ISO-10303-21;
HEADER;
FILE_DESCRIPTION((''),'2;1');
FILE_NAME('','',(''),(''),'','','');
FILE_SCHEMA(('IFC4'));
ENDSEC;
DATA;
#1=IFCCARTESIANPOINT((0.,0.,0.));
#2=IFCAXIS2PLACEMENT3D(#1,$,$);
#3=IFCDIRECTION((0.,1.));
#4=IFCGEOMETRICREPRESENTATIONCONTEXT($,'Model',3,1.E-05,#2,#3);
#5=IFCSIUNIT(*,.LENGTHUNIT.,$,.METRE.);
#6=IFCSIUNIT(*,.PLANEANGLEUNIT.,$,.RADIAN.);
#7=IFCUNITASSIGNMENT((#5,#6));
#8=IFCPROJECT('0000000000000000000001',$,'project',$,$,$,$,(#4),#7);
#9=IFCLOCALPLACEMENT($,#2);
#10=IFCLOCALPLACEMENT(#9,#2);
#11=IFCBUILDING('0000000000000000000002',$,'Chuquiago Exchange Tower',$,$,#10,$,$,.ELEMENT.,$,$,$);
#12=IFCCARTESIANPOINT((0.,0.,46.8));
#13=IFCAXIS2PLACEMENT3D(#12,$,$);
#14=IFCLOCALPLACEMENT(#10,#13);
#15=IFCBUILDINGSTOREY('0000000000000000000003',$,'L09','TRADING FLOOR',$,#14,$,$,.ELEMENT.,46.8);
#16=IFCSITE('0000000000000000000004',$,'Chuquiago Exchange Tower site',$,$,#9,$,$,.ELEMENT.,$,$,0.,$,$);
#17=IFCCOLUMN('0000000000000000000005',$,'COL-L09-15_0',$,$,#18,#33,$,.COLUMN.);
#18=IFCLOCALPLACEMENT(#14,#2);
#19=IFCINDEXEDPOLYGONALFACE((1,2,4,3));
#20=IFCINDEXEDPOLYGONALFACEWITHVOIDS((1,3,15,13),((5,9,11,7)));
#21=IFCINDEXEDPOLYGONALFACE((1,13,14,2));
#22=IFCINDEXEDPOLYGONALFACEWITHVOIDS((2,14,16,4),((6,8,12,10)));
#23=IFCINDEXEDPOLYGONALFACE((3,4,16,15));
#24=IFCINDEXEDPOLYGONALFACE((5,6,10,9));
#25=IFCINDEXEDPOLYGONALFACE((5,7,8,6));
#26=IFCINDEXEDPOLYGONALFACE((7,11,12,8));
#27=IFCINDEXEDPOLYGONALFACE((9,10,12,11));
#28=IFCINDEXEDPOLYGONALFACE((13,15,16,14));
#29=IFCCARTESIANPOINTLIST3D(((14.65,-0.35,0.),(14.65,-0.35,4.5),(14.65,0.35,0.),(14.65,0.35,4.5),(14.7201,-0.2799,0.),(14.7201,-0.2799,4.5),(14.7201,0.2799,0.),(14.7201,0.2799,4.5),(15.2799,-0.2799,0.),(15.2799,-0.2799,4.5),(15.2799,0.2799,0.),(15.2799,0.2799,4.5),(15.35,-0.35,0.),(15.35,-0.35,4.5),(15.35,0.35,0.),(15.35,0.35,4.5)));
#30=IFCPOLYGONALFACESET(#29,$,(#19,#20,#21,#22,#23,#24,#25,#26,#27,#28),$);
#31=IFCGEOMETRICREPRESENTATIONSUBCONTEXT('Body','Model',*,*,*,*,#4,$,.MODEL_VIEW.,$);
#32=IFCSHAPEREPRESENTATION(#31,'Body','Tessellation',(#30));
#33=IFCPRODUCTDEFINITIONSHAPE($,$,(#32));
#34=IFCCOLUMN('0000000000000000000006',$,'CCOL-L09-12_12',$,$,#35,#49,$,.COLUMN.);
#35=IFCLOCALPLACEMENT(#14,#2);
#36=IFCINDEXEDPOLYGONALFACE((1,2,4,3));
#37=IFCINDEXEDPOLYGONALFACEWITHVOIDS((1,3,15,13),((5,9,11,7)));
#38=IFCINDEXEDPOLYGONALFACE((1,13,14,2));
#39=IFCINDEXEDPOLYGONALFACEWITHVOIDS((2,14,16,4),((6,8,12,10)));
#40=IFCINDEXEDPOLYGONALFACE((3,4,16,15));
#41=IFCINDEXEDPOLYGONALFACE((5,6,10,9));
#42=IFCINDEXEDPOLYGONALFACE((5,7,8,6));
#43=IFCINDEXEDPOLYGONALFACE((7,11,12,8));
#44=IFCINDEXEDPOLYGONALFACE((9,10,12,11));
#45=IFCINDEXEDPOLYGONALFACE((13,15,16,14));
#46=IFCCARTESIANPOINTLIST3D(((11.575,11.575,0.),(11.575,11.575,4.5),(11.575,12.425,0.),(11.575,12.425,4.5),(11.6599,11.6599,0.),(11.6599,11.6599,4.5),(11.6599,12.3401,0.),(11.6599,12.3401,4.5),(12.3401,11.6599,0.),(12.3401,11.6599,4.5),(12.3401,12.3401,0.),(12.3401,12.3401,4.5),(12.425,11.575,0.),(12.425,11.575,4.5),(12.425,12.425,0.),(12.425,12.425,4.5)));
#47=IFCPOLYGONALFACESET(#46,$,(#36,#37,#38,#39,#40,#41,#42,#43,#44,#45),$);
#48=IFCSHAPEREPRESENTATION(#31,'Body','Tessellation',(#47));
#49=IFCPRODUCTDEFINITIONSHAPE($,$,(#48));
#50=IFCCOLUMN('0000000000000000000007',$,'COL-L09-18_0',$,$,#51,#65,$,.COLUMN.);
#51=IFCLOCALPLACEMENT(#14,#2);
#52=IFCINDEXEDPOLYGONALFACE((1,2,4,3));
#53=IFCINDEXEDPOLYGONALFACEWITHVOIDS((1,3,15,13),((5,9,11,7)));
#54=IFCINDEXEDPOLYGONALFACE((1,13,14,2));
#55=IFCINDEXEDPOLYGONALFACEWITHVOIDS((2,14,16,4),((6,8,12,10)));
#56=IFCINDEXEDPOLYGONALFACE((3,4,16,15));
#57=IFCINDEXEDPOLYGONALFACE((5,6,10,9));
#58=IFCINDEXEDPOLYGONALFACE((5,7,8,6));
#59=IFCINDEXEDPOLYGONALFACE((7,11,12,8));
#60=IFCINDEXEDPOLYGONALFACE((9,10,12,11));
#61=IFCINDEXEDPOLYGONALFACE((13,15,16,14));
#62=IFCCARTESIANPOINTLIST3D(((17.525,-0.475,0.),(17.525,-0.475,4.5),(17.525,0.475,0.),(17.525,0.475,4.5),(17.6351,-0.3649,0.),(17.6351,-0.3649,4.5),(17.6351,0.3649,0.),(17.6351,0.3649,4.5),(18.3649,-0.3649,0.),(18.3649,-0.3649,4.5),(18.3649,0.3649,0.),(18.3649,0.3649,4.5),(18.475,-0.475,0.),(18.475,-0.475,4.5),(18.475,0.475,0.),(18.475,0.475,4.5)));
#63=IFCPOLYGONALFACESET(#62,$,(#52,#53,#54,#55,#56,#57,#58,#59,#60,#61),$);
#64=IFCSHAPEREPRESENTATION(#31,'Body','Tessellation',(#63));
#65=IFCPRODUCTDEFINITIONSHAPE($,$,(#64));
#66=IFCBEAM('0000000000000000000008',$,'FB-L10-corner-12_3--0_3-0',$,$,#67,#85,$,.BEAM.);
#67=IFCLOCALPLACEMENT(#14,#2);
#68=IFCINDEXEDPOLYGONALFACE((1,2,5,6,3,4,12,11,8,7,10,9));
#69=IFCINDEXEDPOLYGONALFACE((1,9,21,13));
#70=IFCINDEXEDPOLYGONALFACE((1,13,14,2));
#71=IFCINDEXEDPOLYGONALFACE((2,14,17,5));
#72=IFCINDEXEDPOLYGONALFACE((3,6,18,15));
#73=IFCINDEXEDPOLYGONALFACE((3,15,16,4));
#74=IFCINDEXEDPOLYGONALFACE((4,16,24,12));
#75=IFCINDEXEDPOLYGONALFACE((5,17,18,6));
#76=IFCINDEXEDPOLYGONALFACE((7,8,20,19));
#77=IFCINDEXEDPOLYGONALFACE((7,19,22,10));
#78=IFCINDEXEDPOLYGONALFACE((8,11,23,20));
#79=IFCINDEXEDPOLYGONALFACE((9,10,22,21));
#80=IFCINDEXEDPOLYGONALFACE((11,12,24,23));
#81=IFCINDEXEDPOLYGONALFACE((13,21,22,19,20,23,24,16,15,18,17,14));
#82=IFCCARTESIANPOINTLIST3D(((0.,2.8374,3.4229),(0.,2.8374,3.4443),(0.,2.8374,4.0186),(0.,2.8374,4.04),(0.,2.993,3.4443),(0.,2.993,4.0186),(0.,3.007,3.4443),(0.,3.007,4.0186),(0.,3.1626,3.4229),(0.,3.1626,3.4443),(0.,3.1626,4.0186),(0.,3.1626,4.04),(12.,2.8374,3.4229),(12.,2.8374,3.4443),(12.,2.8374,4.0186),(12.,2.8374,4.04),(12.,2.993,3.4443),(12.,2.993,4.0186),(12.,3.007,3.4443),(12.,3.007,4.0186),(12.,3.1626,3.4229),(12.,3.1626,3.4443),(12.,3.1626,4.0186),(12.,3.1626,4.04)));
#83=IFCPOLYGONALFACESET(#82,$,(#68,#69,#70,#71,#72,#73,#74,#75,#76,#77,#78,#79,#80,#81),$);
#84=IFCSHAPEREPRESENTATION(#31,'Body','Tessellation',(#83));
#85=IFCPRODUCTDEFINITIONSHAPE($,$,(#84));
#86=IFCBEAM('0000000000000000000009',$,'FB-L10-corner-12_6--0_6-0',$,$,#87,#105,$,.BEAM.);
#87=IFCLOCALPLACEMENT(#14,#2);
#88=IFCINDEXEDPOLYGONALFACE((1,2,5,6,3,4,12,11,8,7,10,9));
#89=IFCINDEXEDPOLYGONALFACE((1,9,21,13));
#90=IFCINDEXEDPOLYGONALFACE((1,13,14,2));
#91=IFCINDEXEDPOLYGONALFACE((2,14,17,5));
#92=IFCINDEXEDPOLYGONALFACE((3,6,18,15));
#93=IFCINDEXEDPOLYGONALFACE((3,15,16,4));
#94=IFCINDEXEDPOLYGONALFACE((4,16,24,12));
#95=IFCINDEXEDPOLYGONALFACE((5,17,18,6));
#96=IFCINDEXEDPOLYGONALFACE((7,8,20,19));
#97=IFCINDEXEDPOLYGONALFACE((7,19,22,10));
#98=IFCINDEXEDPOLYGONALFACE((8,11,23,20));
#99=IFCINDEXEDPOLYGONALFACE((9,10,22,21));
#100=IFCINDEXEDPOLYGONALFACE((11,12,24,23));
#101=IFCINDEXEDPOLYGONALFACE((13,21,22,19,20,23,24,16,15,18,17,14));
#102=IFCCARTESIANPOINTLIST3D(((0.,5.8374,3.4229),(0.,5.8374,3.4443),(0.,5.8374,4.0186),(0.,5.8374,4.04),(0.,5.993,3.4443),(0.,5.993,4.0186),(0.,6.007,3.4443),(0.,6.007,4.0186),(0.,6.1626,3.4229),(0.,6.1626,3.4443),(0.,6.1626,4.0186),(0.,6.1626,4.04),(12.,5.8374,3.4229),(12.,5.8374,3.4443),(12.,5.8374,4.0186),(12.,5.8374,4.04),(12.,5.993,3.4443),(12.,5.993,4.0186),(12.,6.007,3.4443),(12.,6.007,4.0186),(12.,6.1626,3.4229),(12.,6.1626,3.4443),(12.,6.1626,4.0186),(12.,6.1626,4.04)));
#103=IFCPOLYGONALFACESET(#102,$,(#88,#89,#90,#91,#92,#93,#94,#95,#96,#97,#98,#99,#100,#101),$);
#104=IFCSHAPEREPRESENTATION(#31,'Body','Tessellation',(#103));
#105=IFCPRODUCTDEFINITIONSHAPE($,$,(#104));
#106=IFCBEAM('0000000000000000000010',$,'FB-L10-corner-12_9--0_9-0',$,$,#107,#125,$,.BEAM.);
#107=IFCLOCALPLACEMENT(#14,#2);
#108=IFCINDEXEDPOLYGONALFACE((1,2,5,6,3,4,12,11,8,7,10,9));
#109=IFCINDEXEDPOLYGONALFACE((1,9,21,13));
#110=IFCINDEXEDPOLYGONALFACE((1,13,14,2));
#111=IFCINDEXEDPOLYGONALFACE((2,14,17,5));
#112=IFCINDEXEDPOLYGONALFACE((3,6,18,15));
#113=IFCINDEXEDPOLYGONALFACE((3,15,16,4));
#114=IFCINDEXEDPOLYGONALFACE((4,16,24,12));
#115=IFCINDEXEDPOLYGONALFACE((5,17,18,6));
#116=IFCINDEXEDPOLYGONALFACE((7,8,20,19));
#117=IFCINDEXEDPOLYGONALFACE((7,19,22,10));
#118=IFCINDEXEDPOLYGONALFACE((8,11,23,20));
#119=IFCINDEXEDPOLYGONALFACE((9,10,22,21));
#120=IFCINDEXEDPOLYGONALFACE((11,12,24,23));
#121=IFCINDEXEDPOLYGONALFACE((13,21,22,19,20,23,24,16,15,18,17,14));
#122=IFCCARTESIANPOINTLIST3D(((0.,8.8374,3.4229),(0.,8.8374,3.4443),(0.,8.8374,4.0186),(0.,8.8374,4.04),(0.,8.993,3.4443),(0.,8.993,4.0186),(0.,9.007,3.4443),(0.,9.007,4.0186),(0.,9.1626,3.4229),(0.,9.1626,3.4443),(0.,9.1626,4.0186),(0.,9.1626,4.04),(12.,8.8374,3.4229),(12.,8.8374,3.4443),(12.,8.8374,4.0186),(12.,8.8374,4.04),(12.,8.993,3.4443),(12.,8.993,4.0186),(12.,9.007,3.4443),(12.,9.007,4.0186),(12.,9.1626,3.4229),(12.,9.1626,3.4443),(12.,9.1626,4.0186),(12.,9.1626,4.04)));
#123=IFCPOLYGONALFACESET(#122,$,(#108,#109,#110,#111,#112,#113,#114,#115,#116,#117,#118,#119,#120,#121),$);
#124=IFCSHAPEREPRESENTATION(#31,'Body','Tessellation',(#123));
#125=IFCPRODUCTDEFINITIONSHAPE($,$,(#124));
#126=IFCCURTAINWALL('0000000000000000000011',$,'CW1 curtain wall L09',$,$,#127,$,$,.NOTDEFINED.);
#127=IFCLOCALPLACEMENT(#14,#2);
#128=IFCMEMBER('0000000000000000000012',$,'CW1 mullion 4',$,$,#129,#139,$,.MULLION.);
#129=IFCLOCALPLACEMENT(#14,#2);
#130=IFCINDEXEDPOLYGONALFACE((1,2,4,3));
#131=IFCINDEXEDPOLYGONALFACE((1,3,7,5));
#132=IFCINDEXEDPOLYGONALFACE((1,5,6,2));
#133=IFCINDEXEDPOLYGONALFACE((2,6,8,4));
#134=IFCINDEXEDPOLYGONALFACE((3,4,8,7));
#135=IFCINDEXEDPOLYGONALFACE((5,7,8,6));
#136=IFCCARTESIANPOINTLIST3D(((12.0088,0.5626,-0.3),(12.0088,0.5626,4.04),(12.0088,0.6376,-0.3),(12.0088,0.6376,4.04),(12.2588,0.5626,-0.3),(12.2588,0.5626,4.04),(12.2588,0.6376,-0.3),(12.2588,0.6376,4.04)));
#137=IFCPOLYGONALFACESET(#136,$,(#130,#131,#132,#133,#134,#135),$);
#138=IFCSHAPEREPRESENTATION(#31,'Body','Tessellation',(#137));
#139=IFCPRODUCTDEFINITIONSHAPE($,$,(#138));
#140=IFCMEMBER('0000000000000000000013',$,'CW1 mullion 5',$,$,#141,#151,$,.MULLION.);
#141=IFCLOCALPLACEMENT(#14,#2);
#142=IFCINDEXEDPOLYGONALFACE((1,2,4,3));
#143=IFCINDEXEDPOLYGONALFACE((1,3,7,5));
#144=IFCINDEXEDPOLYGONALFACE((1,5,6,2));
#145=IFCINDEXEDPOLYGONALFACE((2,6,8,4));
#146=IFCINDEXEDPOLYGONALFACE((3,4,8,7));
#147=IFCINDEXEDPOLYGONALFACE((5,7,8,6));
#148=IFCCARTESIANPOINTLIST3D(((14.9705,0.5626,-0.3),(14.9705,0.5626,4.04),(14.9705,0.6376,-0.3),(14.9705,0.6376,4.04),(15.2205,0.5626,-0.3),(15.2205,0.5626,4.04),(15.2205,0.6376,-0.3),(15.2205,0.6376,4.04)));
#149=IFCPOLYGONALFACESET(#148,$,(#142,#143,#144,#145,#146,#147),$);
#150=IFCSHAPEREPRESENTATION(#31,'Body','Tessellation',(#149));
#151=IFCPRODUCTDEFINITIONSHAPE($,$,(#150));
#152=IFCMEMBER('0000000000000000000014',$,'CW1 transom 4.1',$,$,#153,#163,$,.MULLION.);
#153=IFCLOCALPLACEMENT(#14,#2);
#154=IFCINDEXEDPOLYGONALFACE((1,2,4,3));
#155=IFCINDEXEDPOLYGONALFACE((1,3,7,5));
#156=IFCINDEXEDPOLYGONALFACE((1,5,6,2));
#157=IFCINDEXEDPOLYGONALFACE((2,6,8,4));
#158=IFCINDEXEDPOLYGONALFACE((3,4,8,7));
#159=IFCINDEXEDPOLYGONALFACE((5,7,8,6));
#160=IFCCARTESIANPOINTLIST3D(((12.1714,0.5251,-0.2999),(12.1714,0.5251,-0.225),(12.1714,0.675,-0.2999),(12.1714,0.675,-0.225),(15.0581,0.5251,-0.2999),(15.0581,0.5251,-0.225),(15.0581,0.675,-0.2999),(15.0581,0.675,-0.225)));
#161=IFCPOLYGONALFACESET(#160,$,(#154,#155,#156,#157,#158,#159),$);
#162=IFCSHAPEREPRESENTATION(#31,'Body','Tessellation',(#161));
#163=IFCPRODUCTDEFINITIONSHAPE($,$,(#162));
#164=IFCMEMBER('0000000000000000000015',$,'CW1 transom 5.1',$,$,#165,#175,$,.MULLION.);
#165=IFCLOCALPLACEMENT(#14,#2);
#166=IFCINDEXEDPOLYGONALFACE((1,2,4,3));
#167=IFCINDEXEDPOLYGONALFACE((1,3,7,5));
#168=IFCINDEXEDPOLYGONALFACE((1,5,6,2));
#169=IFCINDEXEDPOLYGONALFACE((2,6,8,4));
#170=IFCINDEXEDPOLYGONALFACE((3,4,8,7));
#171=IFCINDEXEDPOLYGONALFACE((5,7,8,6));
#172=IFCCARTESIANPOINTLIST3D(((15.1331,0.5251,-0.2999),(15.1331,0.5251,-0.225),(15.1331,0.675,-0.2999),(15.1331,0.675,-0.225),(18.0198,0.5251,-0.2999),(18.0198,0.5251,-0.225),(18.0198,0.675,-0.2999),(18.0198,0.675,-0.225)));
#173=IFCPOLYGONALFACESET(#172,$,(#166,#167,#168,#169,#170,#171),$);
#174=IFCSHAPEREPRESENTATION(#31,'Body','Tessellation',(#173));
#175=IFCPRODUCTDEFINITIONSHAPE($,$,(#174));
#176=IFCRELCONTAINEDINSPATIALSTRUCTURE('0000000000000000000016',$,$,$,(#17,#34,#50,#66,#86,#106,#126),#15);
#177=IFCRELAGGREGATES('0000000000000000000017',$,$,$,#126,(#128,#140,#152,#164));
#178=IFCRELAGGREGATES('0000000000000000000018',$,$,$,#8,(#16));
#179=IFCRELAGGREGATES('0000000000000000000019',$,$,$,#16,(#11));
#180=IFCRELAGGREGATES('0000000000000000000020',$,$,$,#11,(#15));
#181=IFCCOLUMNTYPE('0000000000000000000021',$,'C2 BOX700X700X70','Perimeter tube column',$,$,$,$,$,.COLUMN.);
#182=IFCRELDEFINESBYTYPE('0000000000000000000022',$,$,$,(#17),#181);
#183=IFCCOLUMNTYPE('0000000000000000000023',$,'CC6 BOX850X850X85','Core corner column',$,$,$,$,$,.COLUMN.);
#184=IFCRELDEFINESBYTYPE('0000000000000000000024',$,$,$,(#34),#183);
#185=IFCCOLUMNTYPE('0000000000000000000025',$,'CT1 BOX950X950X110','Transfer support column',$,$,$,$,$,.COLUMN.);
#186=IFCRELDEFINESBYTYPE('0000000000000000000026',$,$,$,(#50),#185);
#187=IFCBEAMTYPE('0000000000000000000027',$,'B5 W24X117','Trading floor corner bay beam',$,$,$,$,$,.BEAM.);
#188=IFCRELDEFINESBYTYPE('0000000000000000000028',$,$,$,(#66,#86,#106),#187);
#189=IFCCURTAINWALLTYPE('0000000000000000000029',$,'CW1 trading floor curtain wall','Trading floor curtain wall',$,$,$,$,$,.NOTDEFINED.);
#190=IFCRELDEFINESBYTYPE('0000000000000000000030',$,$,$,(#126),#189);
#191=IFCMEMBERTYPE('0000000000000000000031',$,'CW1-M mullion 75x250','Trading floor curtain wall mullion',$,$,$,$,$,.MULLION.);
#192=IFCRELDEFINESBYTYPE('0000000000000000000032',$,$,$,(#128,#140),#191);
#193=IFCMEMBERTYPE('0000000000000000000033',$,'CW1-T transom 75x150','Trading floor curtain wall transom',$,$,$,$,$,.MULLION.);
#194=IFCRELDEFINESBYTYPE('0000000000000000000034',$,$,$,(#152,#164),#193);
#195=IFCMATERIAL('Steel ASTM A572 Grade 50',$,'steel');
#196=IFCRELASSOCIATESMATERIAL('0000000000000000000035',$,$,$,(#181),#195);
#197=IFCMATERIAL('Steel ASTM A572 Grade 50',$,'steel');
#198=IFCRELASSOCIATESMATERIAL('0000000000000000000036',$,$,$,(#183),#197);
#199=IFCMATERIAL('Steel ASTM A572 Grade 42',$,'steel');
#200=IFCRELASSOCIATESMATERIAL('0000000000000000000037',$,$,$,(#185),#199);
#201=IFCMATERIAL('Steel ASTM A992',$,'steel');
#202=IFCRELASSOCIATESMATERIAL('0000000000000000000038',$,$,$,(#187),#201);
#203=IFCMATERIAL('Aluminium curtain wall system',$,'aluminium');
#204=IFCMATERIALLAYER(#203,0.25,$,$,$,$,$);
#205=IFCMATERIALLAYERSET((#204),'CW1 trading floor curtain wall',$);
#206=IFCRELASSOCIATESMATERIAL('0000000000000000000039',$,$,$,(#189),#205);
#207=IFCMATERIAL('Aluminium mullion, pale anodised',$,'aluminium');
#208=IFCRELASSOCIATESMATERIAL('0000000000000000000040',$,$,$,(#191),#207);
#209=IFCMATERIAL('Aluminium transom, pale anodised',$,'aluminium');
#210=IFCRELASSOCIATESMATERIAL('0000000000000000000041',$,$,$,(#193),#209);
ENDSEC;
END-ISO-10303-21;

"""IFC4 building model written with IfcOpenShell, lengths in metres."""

from ifc_helpers import new_model, si_unit, direction, frame, origin, origin_2d, place, context, subcontext, project, spatial, rectangle, hollow_rectangle, i_section, extrude, material, layer, layer_set, material_profile, profile_set, type_object, element, aggregate, save


model = new_model("IFC4")

# Units and contexts
model_context = context("Model", 3, precision=1e-05, world=origin(), true_north=direction((0.0, 1.0)))
body_context = subcontext(model_context, "Body", "Model", "MODEL_VIEW")
ifc_project = project(units=[si_unit("LENGTHUNIT", "METRE"), si_unit("PLANEANGLEUNIT", "RADIAN")], contexts=[model_context])

# Site, building, storey
site_placement = place(None, origin())
site = spatial("IfcSite", under=ifc_project, at=site_placement, Name="Chuquiago Exchange Tower site", CompositionType="ELEMENT", RefElevation=0.0)
building_placement = place(site_placement, origin())
building = spatial("IfcBuilding", under=site, at=building_placement, Name="Chuquiago Exchange Tower", CompositionType="ELEMENT")
storey_placement = place(building_placement, frame((0.0, 0.0, 46.8)))
storey = spatial("IfcBuildingStorey", under=building, at=storey_placement, Name="L09", Description="TRADING FLOOR", CompositionType="ELEMENT", Elevation=46.8)

# Columns
ifc_material_1 = material(Name="Steel ASTM A572 Grade 50", Category="steel")
ifc_material_profile_1 = material_profile(ifc_material_1, hollow_rectangle(XDim=0.7, YDim=0.7, WallThickness=0.0701, at=origin_2d()), Name="BOX700X700X70")
ifc_profile_set_1 = profile_set([ifc_material_profile_1], Name="Steel ASTM A572 Grade 50")
column_type_1 = type_object("IfcColumnType", Name="C2 BOX700X700X70", Description="Perimeter tube column", PredefinedType="COLUMN", material=ifc_profile_set_1)
column_1_placement = place(storey_placement, frame((15.0, 0.0, 0.0), z_axis=(0.0, 0.0, 1.0), x_axis=(0.0, -1.0, 0.0)))
element("IfcColumn", 1, at=column_1_placement, inside=storey, type_object=column_type_1, Name="COL-L09-15_0", PredefinedType="COLUMN", context=body_context, shape_type="SweptSolid", body=[
    extrude(hollow_rectangle(XDim=0.7, YDim=0.7, WallThickness=0.0701, at=origin_2d()), origin(), (0.0, 0.0, 1.0), 4.5),
])
ifc_material_2 = material(Name="Steel ASTM A572 Grade 50", Category="steel")
ifc_material_profile_2 = material_profile(ifc_material_2, hollow_rectangle(XDim=0.8501, YDim=0.8501, WallThickness=0.085, at=origin_2d()), Name="BOX850X850X85")
ifc_profile_set_2 = profile_set([ifc_material_profile_2], Name="Steel ASTM A572 Grade 50")
column_type_2 = type_object("IfcColumnType", Name="CC6 BOX850X850X85", Description="Core corner column", PredefinedType="COLUMN", material=ifc_profile_set_2)
column_2_placement = place(storey_placement, frame((12.0, 12.0, 0.0), z_axis=(0.0, 0.0, 1.0), x_axis=(1.0, 0.0, 0.0)))
element("IfcColumn", 2, at=column_2_placement, inside=storey, type_object=column_type_2, Name="CCOL-L09-12_12", PredefinedType="COLUMN", context=body_context, shape_type="SweptSolid", body=[
    extrude(hollow_rectangle(XDim=0.8501, YDim=0.8501, WallThickness=0.085, at=origin_2d()), origin(), (0.0, 0.0, 1.0), 4.5),
])
ifc_material_3 = material(Name="Steel ASTM A572 Grade 42", Category="steel")
ifc_material_profile_3 = material_profile(ifc_material_3, hollow_rectangle(XDim=0.95, YDim=0.95, WallThickness=0.1101, at=origin_2d()), Name="BOX950X950X110")
ifc_profile_set_3 = profile_set([ifc_material_profile_3], Name="Steel ASTM A572 Grade 42")
column_type_3 = type_object("IfcColumnType", Name="CT1 BOX950X950X110", Description="Transfer support column", PredefinedType="COLUMN", material=ifc_profile_set_3)
column_3_placement = place(storey_placement, frame((18.0, 0.0, 0.0), z_axis=(0.0, 0.0, 1.0), x_axis=(0.0, -1.0, 0.0)))
element("IfcColumn", 3, at=column_3_placement, inside=storey, type_object=column_type_3, Name="COL-L09-18_0", PredefinedType="COLUMN", context=body_context, shape_type="SweptSolid", body=[
    extrude(hollow_rectangle(XDim=0.95, YDim=0.95, WallThickness=0.1101, at=origin_2d()), origin(), (0.0, 0.0, 1.0), 4.5),
])

# Beams
ifc_material_4 = material(Name="Steel ASTM A992", Category="steel")
ifc_material_profile_4 = material_profile(ifc_material_4, i_section(OverallWidth=0.3252, OverallDepth=0.6172, WebThickness=0.0139, FlangeThickness=0.0215, at=origin_2d()), Name="W24X117")
ifc_profile_set_4 = profile_set([ifc_material_profile_4], Name="Steel ASTM A992")
beam_type_1 = type_object("IfcBeamType", Name="B5 W24X117", Description="Trading floor corner bay beam", PredefinedType="BEAM", material=ifc_profile_set_4)
for number, where, z_axis, x_axis, name in (
    (4, (12.0, 3.0, 3.7314), (-1.0, 0.0, 0.0), (0.0, -1.0, 0.0), "FB-L10-corner-12_3--0_3-0"),
    (5, (12.0, 6.0, 3.7314), (-1.0, 0.0, 0.0), (0.0, -1.0, 0.0), "FB-L10-corner-12_6--0_6-0"),
    (6, (12.0, 9.0, 3.7314), (-1.0, 0.0, 0.0), (0.0, -1.0, 0.0), "FB-L10-corner-12_9--0_9-0"),
):
    element("IfcBeam", number, at=place(storey_placement, frame(where, z_axis=z_axis, x_axis=x_axis)), inside=storey, type_object=beam_type_1, Name=name, PredefinedType="BEAM", context=body_context, shape_type="SweptSolid", body=[
        extrude(i_section(OverallWidth=0.3252, OverallDepth=0.6172, WebThickness=0.0139, FlangeThickness=0.0215, at=origin_2d()), origin(), (0.0, 0.0, 1.0), 12.0),
    ])

# Curtain wall, members
ifc_material_5 = material(Name="Aluminium curtain wall system", Category="aluminium")
ifc_layer_1 = layer(ifc_material_5, 0.25)
ifc_layer_set_1 = layer_set([ifc_layer_1], Name="CW1 trading floor curtain wall")
curtain_wall_type = type_object("IfcCurtainWallType", Name="CW1 trading floor curtain wall", Description="Trading floor curtain wall", PredefinedType="NOTDEFINED", material=ifc_layer_set_1)
curtain_wall_placement = place(storey_placement, origin())
curtain_wall = element("IfcCurtainWall", 7, at=curtain_wall_placement, inside=storey, type_object=curtain_wall_type, Name="CW1 curtain wall L09", PredefinedType="NOTDEFINED")
ifc_material_6 = material(Name="Aluminium mullion, pale anodised", Category="aluminium")
ifc_material_profile_5 = material_profile(ifc_material_6, rectangle(XDim=0.075, YDim=0.25, at=origin_2d()), Name="AL 75x250")
ifc_profile_set_5 = profile_set([ifc_material_profile_5], Name="Aluminium mullion, pale anodised")
member_type_1 = type_object("IfcMemberType", Name="CW1-M mullion 75x250", Description="Trading floor curtain wall mullion", PredefinedType="MULLION", material=ifc_profile_set_5)
member_1_placement = place(storey_placement, frame((12.1338, 0.6001, -0.3), z_axis=(0.0, 0.0, 1.0), x_axis=(0.0, 1.0, 0.0)))
member_1 = element("IfcMember", 8, at=member_1_placement, type_object=member_type_1, Name="CW1 mullion 4", PredefinedType="MULLION", context=body_context, shape_type="SweptSolid", body=[
    extrude(rectangle(XDim=0.075, YDim=0.25, at=origin_2d()), origin(), (0.0, 0.0, 1.0), 4.3401),
])
member_2_placement = place(storey_placement, frame((15.0955, 0.6001, -0.3), z_axis=(0.0, 0.0, 1.0), x_axis=(0.0, 1.0, 0.0)))
member_2 = element("IfcMember", 9, at=member_2_placement, type_object=member_type_1, Name="CW1 mullion 5", PredefinedType="MULLION", context=body_context, shape_type="SweptSolid", body=[
    extrude(rectangle(XDim=0.075, YDim=0.25, at=origin_2d()), origin(), (0.0, 0.0, 1.0), 4.3401),
])
ifc_material_7 = material(Name="Aluminium transom, pale anodised", Category="aluminium")
ifc_material_profile_6 = material_profile(ifc_material_7, rectangle(XDim=0.1499, YDim=0.075, at=origin_2d()), Name="AL 150x75")
ifc_profile_set_6 = profile_set([ifc_material_profile_6], Name="Aluminium transom, pale anodised")
member_type_2 = type_object("IfcMemberType", Name="CW1-T transom 75x150", Description="Trading floor curtain wall transom", PredefinedType="MULLION", material=ifc_profile_set_6)
member_3_placement = place(storey_placement, frame((12.1714, 0.6001, -0.2625), z_axis=(1.0, 0.0, 0.0), x_axis=(0.0, 1.0, 0.0)))
member_3 = element("IfcMember", 10, at=member_3_placement, type_object=member_type_2, Name="CW1 transom 4.1", PredefinedType="MULLION", context=body_context, shape_type="SweptSolid", body=[
    extrude(rectangle(XDim=0.1499, YDim=0.075, at=origin_2d()), origin(), (0.0, 0.0, 1.0), 2.8867),
])
member_4_placement = place(storey_placement, frame((15.1331, 0.6001, -0.2625), z_axis=(1.0, 0.0, 0.0), x_axis=(0.0, 1.0, 0.0)))
member_4 = element("IfcMember", 11, at=member_4_placement, type_object=member_type_2, Name="CW1 transom 5.1", PredefinedType="MULLION", context=body_context, shape_type="SweptSolid", body=[
    extrude(rectangle(XDim=0.1499, YDim=0.075, at=origin_2d()), origin(), (0.0, 0.0, 1.0), 2.8867),
])

aggregate(curtain_wall, [member_1, member_2, member_3, member_4])

save(model, "model.ifc")
